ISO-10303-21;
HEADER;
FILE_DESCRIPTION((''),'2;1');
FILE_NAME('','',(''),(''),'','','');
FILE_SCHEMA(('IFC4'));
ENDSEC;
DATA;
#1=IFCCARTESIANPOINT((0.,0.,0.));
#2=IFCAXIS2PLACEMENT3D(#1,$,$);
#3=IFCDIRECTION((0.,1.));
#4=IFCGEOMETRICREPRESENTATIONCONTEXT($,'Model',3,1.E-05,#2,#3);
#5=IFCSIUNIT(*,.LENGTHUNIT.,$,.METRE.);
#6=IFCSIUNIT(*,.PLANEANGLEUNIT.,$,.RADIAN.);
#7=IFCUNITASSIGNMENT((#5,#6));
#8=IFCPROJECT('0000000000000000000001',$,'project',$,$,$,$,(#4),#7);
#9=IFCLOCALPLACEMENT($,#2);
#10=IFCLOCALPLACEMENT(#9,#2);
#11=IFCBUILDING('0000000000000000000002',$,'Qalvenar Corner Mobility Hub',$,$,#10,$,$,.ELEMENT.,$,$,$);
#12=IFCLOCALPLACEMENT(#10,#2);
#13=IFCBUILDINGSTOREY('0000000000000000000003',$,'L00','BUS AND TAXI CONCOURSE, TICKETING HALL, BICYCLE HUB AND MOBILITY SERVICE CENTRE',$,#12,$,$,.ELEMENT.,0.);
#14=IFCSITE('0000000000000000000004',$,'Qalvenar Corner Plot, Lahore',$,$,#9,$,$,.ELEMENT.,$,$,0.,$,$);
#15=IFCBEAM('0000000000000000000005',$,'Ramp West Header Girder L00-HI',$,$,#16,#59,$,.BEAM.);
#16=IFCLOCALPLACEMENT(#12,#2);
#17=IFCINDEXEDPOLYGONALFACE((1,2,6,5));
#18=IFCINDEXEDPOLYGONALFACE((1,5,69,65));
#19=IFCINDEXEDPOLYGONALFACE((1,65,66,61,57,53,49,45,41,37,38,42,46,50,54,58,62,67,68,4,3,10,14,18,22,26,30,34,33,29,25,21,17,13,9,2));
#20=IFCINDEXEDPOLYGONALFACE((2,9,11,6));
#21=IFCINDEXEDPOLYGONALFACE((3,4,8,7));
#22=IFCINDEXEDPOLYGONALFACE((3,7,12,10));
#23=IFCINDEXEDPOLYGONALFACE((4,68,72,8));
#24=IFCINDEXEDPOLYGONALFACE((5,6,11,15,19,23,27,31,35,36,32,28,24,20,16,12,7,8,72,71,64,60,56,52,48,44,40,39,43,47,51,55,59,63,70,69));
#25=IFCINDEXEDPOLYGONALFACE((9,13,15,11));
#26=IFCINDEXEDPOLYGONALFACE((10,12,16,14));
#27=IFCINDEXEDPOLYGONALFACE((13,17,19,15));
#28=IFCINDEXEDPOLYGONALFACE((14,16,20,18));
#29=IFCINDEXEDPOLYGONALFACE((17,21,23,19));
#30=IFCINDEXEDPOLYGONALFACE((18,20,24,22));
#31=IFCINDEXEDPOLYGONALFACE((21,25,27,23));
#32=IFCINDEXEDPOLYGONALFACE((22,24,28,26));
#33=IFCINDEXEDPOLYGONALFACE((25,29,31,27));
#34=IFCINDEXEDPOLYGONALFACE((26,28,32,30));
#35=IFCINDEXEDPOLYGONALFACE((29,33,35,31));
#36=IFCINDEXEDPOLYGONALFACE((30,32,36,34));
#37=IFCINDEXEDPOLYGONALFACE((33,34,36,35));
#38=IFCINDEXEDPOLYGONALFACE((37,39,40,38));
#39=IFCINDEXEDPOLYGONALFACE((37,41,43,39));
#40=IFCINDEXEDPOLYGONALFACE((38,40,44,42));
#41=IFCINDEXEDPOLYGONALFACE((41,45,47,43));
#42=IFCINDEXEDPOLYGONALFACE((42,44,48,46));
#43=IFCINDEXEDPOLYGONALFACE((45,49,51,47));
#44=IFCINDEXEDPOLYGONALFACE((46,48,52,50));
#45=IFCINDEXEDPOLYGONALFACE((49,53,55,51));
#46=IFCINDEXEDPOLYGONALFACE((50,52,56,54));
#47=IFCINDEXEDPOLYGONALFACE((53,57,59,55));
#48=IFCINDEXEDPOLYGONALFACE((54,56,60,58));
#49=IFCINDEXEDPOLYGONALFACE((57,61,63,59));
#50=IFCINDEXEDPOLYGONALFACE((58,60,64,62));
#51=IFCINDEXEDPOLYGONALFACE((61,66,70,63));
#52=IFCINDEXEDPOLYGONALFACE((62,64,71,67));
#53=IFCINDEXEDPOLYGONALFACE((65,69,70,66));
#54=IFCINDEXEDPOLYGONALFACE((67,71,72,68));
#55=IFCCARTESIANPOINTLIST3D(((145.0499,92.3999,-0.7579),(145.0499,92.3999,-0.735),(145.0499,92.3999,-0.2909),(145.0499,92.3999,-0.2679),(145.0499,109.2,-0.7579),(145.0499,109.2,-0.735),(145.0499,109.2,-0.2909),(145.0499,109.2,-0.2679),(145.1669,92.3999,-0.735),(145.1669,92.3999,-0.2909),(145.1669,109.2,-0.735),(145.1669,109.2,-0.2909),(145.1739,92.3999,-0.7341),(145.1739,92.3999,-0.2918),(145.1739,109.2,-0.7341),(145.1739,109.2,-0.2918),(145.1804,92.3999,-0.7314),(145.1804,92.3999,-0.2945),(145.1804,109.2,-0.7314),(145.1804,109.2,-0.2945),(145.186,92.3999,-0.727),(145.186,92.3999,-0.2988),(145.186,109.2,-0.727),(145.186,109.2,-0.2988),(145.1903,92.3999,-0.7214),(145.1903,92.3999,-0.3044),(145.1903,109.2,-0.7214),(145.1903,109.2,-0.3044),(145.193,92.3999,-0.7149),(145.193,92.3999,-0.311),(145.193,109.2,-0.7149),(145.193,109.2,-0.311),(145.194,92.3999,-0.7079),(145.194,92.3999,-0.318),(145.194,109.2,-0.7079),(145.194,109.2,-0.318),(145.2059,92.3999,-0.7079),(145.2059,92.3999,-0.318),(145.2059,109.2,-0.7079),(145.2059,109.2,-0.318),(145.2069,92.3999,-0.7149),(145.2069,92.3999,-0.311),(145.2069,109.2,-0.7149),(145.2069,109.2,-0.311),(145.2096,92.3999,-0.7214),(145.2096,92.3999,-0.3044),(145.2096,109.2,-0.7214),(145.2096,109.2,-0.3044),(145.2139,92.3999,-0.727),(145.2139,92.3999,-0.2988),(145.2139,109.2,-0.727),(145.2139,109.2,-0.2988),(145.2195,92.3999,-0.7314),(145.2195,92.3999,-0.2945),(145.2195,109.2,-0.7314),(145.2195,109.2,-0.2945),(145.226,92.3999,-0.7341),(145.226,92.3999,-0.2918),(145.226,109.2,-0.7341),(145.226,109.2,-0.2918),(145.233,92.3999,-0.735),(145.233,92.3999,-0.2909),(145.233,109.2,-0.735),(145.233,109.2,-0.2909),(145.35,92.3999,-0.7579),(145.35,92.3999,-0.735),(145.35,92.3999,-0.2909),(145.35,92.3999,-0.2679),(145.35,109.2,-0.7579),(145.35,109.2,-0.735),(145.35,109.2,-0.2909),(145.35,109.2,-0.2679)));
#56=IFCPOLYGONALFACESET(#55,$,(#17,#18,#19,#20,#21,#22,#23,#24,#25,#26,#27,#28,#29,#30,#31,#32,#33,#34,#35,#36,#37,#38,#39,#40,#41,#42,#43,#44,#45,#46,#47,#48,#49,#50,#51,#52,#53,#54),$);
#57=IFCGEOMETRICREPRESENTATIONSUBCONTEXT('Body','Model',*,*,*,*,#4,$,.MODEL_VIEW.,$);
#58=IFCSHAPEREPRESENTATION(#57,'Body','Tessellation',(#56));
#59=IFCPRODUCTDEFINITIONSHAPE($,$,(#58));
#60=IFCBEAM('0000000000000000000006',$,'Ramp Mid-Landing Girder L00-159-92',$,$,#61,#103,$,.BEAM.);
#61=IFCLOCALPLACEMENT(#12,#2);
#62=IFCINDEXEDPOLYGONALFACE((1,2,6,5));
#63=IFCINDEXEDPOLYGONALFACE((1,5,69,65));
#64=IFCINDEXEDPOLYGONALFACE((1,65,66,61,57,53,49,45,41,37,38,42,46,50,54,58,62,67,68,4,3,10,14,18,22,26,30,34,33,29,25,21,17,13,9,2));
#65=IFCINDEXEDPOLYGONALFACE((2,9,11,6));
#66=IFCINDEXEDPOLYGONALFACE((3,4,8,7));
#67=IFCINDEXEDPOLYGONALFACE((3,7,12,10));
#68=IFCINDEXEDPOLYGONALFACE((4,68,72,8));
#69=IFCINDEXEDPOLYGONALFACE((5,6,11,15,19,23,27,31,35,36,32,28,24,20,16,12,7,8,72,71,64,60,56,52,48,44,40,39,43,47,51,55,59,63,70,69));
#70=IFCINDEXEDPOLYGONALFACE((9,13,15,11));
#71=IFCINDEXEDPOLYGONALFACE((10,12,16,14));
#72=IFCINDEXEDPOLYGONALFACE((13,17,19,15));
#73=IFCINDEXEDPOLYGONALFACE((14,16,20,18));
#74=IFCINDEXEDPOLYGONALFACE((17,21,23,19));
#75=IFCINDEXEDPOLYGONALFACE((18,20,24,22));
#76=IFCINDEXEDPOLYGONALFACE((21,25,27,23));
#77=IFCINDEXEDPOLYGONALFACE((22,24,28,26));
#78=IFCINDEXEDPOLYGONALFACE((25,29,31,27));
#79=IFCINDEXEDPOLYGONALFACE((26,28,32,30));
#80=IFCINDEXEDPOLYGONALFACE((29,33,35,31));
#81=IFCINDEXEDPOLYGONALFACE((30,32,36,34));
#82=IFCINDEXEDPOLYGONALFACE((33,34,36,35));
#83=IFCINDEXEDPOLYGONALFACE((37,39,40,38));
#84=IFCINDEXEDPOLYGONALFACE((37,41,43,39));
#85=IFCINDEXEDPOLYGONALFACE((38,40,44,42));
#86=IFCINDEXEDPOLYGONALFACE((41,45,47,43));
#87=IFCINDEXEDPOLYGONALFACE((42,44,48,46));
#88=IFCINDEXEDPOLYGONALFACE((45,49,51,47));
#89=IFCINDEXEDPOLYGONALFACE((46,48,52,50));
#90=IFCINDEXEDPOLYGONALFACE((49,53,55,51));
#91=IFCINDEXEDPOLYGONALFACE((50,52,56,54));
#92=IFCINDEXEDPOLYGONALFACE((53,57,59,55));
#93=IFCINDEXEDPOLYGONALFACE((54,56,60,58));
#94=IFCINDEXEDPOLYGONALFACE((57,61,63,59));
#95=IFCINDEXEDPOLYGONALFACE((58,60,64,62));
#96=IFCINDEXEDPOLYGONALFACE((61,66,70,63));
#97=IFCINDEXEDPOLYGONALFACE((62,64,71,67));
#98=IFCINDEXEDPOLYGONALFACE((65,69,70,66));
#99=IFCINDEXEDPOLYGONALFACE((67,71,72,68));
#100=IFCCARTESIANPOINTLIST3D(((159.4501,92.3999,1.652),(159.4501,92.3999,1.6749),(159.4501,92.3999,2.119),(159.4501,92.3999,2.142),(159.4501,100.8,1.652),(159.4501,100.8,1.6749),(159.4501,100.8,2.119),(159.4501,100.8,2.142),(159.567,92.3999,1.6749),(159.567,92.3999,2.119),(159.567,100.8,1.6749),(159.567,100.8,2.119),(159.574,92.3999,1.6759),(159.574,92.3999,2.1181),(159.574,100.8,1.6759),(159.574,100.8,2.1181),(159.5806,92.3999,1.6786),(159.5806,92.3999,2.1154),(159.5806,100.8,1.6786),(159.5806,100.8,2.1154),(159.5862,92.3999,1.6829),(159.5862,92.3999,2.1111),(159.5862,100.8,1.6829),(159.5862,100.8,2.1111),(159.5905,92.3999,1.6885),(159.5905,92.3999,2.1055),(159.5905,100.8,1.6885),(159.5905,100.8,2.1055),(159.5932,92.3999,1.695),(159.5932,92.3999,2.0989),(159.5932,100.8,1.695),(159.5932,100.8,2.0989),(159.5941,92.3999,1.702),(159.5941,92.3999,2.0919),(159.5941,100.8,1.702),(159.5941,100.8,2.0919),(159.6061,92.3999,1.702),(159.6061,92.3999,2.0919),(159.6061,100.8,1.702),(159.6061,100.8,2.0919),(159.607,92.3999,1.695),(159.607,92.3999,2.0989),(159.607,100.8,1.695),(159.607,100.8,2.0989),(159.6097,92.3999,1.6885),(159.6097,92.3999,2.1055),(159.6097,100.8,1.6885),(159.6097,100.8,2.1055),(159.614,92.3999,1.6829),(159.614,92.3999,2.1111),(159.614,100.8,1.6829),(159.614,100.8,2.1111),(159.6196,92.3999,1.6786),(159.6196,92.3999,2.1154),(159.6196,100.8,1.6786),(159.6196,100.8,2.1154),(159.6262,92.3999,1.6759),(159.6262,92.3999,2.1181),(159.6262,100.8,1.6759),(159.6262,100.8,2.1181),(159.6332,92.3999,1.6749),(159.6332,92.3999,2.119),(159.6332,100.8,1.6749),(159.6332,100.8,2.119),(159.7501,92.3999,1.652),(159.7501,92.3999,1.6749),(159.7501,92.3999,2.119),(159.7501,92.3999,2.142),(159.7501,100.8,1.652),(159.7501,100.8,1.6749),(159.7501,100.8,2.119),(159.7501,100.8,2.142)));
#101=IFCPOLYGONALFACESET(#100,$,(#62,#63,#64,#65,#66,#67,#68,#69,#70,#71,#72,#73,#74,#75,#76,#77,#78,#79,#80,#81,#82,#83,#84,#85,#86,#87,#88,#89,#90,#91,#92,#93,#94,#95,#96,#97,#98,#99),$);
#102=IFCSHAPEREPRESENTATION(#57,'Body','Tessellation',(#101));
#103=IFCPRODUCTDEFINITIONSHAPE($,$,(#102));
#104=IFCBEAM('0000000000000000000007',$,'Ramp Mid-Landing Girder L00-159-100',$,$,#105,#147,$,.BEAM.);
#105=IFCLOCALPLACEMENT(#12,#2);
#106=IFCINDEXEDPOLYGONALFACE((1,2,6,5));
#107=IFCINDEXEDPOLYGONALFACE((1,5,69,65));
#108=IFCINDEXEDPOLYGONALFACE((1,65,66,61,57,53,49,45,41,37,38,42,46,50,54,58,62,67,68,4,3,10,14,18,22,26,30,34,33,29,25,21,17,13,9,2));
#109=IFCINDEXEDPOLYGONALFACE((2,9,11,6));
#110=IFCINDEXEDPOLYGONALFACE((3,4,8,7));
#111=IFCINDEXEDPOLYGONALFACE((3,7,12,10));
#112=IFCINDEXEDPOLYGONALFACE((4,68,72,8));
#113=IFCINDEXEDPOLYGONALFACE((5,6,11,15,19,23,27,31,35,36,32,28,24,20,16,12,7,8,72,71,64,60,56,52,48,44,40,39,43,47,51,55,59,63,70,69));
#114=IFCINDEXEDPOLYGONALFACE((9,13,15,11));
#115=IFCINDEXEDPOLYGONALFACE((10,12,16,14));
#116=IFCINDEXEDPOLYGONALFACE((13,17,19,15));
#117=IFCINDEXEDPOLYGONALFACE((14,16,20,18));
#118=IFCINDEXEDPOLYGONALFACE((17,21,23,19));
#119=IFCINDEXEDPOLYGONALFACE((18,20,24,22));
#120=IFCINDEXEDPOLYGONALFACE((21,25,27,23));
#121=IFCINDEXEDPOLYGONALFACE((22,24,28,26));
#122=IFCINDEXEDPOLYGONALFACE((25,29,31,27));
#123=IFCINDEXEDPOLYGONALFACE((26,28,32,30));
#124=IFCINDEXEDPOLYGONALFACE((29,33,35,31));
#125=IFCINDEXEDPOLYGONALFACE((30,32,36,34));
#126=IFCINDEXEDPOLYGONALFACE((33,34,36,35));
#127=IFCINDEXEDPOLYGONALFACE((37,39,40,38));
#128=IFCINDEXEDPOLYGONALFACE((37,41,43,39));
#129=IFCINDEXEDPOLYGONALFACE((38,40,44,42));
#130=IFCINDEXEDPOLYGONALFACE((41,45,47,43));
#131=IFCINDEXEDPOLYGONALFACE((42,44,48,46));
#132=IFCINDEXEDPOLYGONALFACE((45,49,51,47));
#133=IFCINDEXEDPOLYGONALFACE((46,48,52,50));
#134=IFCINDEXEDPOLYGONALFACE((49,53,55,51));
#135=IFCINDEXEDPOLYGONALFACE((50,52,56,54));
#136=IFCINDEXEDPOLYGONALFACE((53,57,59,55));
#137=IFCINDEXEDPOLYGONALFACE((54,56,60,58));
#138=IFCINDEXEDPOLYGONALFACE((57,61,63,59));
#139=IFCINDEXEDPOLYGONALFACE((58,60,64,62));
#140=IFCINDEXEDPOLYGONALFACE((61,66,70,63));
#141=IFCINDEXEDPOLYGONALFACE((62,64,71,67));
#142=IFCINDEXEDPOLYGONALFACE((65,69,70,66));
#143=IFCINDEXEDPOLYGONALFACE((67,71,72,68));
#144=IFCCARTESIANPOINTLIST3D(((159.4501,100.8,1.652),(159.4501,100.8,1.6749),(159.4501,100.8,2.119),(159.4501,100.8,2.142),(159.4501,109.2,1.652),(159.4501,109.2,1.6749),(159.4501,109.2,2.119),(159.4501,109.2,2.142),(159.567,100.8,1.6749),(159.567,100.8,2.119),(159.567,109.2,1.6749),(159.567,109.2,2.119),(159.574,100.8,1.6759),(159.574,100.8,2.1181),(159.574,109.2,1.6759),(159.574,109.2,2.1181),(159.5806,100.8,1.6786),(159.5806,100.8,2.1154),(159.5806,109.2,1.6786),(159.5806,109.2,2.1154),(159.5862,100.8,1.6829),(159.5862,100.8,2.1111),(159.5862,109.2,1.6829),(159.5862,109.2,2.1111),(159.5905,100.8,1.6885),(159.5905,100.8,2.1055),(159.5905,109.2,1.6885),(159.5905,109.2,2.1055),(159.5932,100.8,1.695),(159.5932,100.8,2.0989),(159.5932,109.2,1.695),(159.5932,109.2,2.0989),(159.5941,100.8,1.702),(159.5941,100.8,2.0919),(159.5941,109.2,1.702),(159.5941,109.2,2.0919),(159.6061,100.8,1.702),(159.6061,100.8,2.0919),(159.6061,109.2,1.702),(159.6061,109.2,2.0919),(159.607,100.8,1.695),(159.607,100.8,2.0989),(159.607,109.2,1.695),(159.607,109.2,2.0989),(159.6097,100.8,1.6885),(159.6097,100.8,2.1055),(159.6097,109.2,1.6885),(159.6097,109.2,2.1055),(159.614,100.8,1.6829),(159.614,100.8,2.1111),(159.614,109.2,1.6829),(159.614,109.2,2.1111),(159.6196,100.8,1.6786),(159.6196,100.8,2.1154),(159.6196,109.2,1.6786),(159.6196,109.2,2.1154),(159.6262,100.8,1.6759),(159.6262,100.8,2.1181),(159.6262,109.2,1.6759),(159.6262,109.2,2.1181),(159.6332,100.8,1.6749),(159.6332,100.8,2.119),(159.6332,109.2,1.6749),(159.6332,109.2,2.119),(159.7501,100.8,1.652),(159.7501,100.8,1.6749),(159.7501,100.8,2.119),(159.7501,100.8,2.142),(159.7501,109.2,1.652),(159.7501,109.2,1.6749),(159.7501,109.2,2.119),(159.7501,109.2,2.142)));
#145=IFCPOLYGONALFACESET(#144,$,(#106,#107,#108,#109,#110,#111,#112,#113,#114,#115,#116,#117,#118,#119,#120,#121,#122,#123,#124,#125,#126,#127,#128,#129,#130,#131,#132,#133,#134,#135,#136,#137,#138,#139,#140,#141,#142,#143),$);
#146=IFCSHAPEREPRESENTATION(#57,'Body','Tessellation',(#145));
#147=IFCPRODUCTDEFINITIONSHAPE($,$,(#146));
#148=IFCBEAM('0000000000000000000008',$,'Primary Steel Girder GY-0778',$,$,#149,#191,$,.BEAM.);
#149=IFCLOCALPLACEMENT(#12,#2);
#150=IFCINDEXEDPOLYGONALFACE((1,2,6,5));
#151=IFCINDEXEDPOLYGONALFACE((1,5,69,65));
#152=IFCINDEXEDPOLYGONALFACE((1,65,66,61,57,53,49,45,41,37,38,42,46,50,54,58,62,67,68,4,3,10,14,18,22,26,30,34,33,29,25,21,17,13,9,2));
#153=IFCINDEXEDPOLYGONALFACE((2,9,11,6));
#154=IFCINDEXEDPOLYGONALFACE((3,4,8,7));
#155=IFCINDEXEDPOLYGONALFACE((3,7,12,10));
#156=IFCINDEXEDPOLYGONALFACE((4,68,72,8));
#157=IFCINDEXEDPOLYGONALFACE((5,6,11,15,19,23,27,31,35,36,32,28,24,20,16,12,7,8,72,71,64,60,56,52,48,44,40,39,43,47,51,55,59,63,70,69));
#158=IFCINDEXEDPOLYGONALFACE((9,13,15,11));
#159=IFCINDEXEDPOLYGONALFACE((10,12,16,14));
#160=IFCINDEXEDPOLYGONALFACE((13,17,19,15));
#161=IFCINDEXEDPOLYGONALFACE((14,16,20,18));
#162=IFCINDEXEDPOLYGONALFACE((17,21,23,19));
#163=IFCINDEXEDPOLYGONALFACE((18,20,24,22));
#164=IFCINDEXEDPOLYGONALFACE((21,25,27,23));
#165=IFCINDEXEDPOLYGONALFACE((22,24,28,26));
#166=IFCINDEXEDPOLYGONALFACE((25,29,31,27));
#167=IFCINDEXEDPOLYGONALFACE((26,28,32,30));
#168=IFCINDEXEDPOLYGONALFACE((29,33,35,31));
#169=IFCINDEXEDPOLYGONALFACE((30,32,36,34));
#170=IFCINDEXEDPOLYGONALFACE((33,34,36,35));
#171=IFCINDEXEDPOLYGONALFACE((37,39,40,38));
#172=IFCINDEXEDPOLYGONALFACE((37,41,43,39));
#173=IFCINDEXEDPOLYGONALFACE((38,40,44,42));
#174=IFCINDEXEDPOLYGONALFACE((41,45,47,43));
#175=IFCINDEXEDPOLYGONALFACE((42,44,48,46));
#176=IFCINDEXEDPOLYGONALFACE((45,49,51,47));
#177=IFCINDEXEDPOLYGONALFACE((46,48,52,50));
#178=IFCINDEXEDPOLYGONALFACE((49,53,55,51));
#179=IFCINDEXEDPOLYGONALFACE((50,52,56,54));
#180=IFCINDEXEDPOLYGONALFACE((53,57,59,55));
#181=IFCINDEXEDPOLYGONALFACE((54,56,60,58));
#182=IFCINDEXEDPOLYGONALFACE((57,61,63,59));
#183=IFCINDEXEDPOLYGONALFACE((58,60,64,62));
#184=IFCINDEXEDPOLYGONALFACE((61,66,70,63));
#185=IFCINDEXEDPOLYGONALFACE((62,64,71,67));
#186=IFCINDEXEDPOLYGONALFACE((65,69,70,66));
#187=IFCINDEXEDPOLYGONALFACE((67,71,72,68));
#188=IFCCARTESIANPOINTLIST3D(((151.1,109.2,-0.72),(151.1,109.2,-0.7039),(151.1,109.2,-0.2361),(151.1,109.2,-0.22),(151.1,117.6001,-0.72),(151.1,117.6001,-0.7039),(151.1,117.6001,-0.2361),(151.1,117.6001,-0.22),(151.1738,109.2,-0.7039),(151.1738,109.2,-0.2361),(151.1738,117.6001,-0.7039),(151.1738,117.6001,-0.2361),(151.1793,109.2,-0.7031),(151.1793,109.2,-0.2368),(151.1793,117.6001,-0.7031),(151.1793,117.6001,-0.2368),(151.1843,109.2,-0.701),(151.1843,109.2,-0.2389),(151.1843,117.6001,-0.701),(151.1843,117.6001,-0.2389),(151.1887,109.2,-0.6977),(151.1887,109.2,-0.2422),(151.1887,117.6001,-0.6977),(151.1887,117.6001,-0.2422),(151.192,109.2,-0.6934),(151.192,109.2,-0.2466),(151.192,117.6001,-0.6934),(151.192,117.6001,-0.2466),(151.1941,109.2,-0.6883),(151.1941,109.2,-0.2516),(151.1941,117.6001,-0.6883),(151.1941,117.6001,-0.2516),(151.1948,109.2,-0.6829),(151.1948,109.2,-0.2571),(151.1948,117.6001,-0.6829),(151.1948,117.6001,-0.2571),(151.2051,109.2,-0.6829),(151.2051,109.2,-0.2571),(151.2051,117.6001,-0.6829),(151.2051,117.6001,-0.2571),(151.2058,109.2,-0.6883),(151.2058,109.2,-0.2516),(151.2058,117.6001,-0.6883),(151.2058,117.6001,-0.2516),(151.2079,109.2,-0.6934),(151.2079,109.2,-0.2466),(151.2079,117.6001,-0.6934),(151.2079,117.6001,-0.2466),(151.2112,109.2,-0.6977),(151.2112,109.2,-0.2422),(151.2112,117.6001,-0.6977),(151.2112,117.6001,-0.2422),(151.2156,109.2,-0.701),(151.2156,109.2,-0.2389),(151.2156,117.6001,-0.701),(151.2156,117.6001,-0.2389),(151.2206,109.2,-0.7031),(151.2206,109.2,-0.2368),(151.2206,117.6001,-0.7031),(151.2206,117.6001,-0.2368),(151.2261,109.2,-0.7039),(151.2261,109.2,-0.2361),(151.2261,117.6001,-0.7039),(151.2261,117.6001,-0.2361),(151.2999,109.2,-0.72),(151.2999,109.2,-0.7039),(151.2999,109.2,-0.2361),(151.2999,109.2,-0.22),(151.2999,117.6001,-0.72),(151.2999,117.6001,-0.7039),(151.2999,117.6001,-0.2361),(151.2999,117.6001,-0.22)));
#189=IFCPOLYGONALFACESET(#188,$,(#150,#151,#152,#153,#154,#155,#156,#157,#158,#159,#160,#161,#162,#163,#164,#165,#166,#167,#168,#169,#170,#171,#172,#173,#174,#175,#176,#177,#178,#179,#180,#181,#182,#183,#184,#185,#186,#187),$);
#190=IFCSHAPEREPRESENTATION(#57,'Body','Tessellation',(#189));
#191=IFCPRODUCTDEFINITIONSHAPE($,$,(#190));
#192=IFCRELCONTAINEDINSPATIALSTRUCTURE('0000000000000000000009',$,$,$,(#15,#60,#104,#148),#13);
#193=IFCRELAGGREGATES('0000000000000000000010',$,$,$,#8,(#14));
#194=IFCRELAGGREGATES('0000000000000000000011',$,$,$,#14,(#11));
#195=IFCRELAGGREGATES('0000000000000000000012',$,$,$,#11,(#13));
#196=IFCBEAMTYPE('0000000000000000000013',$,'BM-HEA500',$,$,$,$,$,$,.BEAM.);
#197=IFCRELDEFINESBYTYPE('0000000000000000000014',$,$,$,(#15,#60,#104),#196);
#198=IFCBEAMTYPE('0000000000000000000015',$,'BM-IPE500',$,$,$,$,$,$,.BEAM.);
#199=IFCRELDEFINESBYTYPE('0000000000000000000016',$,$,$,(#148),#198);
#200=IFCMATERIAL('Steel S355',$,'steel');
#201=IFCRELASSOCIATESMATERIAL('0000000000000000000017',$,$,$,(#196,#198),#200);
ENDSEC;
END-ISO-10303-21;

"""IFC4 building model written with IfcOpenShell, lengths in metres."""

from ifc_helpers import new_model, si_unit, direction, frame, origin, origin_2d, place, context, subcontext, project, spatial, i_section, extrude, material, material_profile, profile_set, type_object, element, save


model = new_model("IFC4")

# Units and contexts
model_context = context("Model", 3, precision=1e-05, world=origin(), true_north=direction((0.0, 1.0)))
body_context = subcontext(model_context, "Body", "Model", "MODEL_VIEW")
ifc_project = project(units=[si_unit("LENGTHUNIT", "METRE"), si_unit("PLANEANGLEUNIT", "RADIAN")], contexts=[model_context])

# Site, building, storey
site_placement = place(None, origin())
site = spatial("IfcSite", under=ifc_project, at=site_placement, Name="Qalvenar Corner Plot, Lahore", CompositionType="ELEMENT", RefElevation=0.0)
building_placement = place(site_placement, origin())
building = spatial("IfcBuilding", under=site, at=building_placement, Name="Qalvenar Corner Mobility Hub", CompositionType="ELEMENT")
storey_placement = place(building_placement, origin())
storey = spatial("IfcBuildingStorey", under=building, at=storey_placement, Name="L00", Description="BUS AND TAXI CONCOURSE, TICKETING HALL, BICYCLE HUB AND MOBILITY SERVICE CENTRE", CompositionType="ELEMENT", Elevation=0.0)

# Shared definitions
ifc_material_1 = material(Name="Steel S355", Category="steel")

# Beams
ifc_material_profile_1 = material_profile(ifc_material_1, i_section(OverallWidth=0.3, OverallDepth=0.49, WebThickness=0.012, FlangeThickness=0.0229, FilletRadius=0.0271, at=origin_2d()), Name="HEA500")
ifc_profile_set_1 = profile_set([ifc_material_profile_1], Name="Steel S355")
beam_type_1 = type_object("IfcBeamType", Name="BM-HEA500", PredefinedType="BEAM", material=ifc_profile_set_1)
beam_1_placement = place(storey_placement, frame((145.2, 92.3999, -0.5129), z_axis=(0.0, 1.0, 0.0), x_axis=(-1.0, 0.0, 0.0)))
element("IfcBeam", 1, at=beam_1_placement, inside=storey, type_object=beam_type_1, Name="Ramp West Header Girder L00-HI", PredefinedType="BEAM", context=body_context, shape_type="SweptSolid", body=[
    extrude(i_section(OverallWidth=0.3, OverallDepth=0.49, WebThickness=0.012, FlangeThickness=0.0229, FilletRadius=0.0271, at=origin_2d()), origin(), (0.0, 0.0, 1.0), 16.8),
])
beam_2_placement = place(storey_placement, frame((159.6001, 92.3999, 1.897), z_axis=(0.0, 1.0, 0.0), x_axis=(-1.0, 0.0, 0.0)))
element("IfcBeam", 2, at=beam_2_placement, inside=storey, type_object=beam_type_1, Name="Ramp Mid-Landing Girder L00-159-92", PredefinedType="BEAM", context=body_context, shape_type="SweptSolid", body=[
    extrude(i_section(OverallWidth=0.3, OverallDepth=0.49, WebThickness=0.012, FlangeThickness=0.0229, FilletRadius=0.0271, at=origin_2d()), origin(), (0.0, 0.0, 1.0), 8.4001),
])
beam_3_placement = place(storey_placement, frame((159.6001, 100.8, 1.897), z_axis=(0.0, 1.0, 0.0), x_axis=(-1.0, 0.0, 0.0)))
element("IfcBeam", 3, at=beam_3_placement, inside=storey, type_object=beam_type_1, Name="Ramp Mid-Landing Girder L00-159-100", PredefinedType="BEAM", context=body_context, shape_type="SweptSolid", body=[
    extrude(i_section(OverallWidth=0.3, OverallDepth=0.49, WebThickness=0.012, FlangeThickness=0.0229, FilletRadius=0.0271, at=origin_2d()), origin(), (0.0, 0.0, 1.0), 8.3999),
])
ifc_material_profile_2 = material_profile(ifc_material_1, i_section(OverallWidth=0.2, OverallDepth=0.5, WebThickness=0.0103, FlangeThickness=0.0161, FilletRadius=0.021, at=origin_2d()), Name="IPE500")
ifc_profile_set_2 = profile_set([ifc_material_profile_2], Name="Steel S355")
beam_type_2 = type_object("IfcBeamType", Name="BM-IPE500", PredefinedType="BEAM", material=ifc_profile_set_2)
for number, where, z_axis, x_axis, name in (
    (4, (151.2, 109.2, -0.47), (0.0, 1.0, 0.0), (-1.0, 0.0, 0.0), "Primary Steel Girder GY-0778"),
):
    element("IfcBeam", number, at=place(storey_placement, frame(where, z_axis=z_axis, x_axis=x_axis)), inside=storey, type_object=beam_type_2, Name=name, PredefinedType="BEAM", context=body_context, shape_type="SweptSolid", body=[
        extrude(i_section(OverallWidth=0.2, OverallDepth=0.5, WebThickness=0.0103, FlangeThickness=0.0161, FilletRadius=0.021, at=origin_2d()), origin(), (0.0, 0.0, 1.0), 8.4001),
    ])

save(model, "model.ifc")
